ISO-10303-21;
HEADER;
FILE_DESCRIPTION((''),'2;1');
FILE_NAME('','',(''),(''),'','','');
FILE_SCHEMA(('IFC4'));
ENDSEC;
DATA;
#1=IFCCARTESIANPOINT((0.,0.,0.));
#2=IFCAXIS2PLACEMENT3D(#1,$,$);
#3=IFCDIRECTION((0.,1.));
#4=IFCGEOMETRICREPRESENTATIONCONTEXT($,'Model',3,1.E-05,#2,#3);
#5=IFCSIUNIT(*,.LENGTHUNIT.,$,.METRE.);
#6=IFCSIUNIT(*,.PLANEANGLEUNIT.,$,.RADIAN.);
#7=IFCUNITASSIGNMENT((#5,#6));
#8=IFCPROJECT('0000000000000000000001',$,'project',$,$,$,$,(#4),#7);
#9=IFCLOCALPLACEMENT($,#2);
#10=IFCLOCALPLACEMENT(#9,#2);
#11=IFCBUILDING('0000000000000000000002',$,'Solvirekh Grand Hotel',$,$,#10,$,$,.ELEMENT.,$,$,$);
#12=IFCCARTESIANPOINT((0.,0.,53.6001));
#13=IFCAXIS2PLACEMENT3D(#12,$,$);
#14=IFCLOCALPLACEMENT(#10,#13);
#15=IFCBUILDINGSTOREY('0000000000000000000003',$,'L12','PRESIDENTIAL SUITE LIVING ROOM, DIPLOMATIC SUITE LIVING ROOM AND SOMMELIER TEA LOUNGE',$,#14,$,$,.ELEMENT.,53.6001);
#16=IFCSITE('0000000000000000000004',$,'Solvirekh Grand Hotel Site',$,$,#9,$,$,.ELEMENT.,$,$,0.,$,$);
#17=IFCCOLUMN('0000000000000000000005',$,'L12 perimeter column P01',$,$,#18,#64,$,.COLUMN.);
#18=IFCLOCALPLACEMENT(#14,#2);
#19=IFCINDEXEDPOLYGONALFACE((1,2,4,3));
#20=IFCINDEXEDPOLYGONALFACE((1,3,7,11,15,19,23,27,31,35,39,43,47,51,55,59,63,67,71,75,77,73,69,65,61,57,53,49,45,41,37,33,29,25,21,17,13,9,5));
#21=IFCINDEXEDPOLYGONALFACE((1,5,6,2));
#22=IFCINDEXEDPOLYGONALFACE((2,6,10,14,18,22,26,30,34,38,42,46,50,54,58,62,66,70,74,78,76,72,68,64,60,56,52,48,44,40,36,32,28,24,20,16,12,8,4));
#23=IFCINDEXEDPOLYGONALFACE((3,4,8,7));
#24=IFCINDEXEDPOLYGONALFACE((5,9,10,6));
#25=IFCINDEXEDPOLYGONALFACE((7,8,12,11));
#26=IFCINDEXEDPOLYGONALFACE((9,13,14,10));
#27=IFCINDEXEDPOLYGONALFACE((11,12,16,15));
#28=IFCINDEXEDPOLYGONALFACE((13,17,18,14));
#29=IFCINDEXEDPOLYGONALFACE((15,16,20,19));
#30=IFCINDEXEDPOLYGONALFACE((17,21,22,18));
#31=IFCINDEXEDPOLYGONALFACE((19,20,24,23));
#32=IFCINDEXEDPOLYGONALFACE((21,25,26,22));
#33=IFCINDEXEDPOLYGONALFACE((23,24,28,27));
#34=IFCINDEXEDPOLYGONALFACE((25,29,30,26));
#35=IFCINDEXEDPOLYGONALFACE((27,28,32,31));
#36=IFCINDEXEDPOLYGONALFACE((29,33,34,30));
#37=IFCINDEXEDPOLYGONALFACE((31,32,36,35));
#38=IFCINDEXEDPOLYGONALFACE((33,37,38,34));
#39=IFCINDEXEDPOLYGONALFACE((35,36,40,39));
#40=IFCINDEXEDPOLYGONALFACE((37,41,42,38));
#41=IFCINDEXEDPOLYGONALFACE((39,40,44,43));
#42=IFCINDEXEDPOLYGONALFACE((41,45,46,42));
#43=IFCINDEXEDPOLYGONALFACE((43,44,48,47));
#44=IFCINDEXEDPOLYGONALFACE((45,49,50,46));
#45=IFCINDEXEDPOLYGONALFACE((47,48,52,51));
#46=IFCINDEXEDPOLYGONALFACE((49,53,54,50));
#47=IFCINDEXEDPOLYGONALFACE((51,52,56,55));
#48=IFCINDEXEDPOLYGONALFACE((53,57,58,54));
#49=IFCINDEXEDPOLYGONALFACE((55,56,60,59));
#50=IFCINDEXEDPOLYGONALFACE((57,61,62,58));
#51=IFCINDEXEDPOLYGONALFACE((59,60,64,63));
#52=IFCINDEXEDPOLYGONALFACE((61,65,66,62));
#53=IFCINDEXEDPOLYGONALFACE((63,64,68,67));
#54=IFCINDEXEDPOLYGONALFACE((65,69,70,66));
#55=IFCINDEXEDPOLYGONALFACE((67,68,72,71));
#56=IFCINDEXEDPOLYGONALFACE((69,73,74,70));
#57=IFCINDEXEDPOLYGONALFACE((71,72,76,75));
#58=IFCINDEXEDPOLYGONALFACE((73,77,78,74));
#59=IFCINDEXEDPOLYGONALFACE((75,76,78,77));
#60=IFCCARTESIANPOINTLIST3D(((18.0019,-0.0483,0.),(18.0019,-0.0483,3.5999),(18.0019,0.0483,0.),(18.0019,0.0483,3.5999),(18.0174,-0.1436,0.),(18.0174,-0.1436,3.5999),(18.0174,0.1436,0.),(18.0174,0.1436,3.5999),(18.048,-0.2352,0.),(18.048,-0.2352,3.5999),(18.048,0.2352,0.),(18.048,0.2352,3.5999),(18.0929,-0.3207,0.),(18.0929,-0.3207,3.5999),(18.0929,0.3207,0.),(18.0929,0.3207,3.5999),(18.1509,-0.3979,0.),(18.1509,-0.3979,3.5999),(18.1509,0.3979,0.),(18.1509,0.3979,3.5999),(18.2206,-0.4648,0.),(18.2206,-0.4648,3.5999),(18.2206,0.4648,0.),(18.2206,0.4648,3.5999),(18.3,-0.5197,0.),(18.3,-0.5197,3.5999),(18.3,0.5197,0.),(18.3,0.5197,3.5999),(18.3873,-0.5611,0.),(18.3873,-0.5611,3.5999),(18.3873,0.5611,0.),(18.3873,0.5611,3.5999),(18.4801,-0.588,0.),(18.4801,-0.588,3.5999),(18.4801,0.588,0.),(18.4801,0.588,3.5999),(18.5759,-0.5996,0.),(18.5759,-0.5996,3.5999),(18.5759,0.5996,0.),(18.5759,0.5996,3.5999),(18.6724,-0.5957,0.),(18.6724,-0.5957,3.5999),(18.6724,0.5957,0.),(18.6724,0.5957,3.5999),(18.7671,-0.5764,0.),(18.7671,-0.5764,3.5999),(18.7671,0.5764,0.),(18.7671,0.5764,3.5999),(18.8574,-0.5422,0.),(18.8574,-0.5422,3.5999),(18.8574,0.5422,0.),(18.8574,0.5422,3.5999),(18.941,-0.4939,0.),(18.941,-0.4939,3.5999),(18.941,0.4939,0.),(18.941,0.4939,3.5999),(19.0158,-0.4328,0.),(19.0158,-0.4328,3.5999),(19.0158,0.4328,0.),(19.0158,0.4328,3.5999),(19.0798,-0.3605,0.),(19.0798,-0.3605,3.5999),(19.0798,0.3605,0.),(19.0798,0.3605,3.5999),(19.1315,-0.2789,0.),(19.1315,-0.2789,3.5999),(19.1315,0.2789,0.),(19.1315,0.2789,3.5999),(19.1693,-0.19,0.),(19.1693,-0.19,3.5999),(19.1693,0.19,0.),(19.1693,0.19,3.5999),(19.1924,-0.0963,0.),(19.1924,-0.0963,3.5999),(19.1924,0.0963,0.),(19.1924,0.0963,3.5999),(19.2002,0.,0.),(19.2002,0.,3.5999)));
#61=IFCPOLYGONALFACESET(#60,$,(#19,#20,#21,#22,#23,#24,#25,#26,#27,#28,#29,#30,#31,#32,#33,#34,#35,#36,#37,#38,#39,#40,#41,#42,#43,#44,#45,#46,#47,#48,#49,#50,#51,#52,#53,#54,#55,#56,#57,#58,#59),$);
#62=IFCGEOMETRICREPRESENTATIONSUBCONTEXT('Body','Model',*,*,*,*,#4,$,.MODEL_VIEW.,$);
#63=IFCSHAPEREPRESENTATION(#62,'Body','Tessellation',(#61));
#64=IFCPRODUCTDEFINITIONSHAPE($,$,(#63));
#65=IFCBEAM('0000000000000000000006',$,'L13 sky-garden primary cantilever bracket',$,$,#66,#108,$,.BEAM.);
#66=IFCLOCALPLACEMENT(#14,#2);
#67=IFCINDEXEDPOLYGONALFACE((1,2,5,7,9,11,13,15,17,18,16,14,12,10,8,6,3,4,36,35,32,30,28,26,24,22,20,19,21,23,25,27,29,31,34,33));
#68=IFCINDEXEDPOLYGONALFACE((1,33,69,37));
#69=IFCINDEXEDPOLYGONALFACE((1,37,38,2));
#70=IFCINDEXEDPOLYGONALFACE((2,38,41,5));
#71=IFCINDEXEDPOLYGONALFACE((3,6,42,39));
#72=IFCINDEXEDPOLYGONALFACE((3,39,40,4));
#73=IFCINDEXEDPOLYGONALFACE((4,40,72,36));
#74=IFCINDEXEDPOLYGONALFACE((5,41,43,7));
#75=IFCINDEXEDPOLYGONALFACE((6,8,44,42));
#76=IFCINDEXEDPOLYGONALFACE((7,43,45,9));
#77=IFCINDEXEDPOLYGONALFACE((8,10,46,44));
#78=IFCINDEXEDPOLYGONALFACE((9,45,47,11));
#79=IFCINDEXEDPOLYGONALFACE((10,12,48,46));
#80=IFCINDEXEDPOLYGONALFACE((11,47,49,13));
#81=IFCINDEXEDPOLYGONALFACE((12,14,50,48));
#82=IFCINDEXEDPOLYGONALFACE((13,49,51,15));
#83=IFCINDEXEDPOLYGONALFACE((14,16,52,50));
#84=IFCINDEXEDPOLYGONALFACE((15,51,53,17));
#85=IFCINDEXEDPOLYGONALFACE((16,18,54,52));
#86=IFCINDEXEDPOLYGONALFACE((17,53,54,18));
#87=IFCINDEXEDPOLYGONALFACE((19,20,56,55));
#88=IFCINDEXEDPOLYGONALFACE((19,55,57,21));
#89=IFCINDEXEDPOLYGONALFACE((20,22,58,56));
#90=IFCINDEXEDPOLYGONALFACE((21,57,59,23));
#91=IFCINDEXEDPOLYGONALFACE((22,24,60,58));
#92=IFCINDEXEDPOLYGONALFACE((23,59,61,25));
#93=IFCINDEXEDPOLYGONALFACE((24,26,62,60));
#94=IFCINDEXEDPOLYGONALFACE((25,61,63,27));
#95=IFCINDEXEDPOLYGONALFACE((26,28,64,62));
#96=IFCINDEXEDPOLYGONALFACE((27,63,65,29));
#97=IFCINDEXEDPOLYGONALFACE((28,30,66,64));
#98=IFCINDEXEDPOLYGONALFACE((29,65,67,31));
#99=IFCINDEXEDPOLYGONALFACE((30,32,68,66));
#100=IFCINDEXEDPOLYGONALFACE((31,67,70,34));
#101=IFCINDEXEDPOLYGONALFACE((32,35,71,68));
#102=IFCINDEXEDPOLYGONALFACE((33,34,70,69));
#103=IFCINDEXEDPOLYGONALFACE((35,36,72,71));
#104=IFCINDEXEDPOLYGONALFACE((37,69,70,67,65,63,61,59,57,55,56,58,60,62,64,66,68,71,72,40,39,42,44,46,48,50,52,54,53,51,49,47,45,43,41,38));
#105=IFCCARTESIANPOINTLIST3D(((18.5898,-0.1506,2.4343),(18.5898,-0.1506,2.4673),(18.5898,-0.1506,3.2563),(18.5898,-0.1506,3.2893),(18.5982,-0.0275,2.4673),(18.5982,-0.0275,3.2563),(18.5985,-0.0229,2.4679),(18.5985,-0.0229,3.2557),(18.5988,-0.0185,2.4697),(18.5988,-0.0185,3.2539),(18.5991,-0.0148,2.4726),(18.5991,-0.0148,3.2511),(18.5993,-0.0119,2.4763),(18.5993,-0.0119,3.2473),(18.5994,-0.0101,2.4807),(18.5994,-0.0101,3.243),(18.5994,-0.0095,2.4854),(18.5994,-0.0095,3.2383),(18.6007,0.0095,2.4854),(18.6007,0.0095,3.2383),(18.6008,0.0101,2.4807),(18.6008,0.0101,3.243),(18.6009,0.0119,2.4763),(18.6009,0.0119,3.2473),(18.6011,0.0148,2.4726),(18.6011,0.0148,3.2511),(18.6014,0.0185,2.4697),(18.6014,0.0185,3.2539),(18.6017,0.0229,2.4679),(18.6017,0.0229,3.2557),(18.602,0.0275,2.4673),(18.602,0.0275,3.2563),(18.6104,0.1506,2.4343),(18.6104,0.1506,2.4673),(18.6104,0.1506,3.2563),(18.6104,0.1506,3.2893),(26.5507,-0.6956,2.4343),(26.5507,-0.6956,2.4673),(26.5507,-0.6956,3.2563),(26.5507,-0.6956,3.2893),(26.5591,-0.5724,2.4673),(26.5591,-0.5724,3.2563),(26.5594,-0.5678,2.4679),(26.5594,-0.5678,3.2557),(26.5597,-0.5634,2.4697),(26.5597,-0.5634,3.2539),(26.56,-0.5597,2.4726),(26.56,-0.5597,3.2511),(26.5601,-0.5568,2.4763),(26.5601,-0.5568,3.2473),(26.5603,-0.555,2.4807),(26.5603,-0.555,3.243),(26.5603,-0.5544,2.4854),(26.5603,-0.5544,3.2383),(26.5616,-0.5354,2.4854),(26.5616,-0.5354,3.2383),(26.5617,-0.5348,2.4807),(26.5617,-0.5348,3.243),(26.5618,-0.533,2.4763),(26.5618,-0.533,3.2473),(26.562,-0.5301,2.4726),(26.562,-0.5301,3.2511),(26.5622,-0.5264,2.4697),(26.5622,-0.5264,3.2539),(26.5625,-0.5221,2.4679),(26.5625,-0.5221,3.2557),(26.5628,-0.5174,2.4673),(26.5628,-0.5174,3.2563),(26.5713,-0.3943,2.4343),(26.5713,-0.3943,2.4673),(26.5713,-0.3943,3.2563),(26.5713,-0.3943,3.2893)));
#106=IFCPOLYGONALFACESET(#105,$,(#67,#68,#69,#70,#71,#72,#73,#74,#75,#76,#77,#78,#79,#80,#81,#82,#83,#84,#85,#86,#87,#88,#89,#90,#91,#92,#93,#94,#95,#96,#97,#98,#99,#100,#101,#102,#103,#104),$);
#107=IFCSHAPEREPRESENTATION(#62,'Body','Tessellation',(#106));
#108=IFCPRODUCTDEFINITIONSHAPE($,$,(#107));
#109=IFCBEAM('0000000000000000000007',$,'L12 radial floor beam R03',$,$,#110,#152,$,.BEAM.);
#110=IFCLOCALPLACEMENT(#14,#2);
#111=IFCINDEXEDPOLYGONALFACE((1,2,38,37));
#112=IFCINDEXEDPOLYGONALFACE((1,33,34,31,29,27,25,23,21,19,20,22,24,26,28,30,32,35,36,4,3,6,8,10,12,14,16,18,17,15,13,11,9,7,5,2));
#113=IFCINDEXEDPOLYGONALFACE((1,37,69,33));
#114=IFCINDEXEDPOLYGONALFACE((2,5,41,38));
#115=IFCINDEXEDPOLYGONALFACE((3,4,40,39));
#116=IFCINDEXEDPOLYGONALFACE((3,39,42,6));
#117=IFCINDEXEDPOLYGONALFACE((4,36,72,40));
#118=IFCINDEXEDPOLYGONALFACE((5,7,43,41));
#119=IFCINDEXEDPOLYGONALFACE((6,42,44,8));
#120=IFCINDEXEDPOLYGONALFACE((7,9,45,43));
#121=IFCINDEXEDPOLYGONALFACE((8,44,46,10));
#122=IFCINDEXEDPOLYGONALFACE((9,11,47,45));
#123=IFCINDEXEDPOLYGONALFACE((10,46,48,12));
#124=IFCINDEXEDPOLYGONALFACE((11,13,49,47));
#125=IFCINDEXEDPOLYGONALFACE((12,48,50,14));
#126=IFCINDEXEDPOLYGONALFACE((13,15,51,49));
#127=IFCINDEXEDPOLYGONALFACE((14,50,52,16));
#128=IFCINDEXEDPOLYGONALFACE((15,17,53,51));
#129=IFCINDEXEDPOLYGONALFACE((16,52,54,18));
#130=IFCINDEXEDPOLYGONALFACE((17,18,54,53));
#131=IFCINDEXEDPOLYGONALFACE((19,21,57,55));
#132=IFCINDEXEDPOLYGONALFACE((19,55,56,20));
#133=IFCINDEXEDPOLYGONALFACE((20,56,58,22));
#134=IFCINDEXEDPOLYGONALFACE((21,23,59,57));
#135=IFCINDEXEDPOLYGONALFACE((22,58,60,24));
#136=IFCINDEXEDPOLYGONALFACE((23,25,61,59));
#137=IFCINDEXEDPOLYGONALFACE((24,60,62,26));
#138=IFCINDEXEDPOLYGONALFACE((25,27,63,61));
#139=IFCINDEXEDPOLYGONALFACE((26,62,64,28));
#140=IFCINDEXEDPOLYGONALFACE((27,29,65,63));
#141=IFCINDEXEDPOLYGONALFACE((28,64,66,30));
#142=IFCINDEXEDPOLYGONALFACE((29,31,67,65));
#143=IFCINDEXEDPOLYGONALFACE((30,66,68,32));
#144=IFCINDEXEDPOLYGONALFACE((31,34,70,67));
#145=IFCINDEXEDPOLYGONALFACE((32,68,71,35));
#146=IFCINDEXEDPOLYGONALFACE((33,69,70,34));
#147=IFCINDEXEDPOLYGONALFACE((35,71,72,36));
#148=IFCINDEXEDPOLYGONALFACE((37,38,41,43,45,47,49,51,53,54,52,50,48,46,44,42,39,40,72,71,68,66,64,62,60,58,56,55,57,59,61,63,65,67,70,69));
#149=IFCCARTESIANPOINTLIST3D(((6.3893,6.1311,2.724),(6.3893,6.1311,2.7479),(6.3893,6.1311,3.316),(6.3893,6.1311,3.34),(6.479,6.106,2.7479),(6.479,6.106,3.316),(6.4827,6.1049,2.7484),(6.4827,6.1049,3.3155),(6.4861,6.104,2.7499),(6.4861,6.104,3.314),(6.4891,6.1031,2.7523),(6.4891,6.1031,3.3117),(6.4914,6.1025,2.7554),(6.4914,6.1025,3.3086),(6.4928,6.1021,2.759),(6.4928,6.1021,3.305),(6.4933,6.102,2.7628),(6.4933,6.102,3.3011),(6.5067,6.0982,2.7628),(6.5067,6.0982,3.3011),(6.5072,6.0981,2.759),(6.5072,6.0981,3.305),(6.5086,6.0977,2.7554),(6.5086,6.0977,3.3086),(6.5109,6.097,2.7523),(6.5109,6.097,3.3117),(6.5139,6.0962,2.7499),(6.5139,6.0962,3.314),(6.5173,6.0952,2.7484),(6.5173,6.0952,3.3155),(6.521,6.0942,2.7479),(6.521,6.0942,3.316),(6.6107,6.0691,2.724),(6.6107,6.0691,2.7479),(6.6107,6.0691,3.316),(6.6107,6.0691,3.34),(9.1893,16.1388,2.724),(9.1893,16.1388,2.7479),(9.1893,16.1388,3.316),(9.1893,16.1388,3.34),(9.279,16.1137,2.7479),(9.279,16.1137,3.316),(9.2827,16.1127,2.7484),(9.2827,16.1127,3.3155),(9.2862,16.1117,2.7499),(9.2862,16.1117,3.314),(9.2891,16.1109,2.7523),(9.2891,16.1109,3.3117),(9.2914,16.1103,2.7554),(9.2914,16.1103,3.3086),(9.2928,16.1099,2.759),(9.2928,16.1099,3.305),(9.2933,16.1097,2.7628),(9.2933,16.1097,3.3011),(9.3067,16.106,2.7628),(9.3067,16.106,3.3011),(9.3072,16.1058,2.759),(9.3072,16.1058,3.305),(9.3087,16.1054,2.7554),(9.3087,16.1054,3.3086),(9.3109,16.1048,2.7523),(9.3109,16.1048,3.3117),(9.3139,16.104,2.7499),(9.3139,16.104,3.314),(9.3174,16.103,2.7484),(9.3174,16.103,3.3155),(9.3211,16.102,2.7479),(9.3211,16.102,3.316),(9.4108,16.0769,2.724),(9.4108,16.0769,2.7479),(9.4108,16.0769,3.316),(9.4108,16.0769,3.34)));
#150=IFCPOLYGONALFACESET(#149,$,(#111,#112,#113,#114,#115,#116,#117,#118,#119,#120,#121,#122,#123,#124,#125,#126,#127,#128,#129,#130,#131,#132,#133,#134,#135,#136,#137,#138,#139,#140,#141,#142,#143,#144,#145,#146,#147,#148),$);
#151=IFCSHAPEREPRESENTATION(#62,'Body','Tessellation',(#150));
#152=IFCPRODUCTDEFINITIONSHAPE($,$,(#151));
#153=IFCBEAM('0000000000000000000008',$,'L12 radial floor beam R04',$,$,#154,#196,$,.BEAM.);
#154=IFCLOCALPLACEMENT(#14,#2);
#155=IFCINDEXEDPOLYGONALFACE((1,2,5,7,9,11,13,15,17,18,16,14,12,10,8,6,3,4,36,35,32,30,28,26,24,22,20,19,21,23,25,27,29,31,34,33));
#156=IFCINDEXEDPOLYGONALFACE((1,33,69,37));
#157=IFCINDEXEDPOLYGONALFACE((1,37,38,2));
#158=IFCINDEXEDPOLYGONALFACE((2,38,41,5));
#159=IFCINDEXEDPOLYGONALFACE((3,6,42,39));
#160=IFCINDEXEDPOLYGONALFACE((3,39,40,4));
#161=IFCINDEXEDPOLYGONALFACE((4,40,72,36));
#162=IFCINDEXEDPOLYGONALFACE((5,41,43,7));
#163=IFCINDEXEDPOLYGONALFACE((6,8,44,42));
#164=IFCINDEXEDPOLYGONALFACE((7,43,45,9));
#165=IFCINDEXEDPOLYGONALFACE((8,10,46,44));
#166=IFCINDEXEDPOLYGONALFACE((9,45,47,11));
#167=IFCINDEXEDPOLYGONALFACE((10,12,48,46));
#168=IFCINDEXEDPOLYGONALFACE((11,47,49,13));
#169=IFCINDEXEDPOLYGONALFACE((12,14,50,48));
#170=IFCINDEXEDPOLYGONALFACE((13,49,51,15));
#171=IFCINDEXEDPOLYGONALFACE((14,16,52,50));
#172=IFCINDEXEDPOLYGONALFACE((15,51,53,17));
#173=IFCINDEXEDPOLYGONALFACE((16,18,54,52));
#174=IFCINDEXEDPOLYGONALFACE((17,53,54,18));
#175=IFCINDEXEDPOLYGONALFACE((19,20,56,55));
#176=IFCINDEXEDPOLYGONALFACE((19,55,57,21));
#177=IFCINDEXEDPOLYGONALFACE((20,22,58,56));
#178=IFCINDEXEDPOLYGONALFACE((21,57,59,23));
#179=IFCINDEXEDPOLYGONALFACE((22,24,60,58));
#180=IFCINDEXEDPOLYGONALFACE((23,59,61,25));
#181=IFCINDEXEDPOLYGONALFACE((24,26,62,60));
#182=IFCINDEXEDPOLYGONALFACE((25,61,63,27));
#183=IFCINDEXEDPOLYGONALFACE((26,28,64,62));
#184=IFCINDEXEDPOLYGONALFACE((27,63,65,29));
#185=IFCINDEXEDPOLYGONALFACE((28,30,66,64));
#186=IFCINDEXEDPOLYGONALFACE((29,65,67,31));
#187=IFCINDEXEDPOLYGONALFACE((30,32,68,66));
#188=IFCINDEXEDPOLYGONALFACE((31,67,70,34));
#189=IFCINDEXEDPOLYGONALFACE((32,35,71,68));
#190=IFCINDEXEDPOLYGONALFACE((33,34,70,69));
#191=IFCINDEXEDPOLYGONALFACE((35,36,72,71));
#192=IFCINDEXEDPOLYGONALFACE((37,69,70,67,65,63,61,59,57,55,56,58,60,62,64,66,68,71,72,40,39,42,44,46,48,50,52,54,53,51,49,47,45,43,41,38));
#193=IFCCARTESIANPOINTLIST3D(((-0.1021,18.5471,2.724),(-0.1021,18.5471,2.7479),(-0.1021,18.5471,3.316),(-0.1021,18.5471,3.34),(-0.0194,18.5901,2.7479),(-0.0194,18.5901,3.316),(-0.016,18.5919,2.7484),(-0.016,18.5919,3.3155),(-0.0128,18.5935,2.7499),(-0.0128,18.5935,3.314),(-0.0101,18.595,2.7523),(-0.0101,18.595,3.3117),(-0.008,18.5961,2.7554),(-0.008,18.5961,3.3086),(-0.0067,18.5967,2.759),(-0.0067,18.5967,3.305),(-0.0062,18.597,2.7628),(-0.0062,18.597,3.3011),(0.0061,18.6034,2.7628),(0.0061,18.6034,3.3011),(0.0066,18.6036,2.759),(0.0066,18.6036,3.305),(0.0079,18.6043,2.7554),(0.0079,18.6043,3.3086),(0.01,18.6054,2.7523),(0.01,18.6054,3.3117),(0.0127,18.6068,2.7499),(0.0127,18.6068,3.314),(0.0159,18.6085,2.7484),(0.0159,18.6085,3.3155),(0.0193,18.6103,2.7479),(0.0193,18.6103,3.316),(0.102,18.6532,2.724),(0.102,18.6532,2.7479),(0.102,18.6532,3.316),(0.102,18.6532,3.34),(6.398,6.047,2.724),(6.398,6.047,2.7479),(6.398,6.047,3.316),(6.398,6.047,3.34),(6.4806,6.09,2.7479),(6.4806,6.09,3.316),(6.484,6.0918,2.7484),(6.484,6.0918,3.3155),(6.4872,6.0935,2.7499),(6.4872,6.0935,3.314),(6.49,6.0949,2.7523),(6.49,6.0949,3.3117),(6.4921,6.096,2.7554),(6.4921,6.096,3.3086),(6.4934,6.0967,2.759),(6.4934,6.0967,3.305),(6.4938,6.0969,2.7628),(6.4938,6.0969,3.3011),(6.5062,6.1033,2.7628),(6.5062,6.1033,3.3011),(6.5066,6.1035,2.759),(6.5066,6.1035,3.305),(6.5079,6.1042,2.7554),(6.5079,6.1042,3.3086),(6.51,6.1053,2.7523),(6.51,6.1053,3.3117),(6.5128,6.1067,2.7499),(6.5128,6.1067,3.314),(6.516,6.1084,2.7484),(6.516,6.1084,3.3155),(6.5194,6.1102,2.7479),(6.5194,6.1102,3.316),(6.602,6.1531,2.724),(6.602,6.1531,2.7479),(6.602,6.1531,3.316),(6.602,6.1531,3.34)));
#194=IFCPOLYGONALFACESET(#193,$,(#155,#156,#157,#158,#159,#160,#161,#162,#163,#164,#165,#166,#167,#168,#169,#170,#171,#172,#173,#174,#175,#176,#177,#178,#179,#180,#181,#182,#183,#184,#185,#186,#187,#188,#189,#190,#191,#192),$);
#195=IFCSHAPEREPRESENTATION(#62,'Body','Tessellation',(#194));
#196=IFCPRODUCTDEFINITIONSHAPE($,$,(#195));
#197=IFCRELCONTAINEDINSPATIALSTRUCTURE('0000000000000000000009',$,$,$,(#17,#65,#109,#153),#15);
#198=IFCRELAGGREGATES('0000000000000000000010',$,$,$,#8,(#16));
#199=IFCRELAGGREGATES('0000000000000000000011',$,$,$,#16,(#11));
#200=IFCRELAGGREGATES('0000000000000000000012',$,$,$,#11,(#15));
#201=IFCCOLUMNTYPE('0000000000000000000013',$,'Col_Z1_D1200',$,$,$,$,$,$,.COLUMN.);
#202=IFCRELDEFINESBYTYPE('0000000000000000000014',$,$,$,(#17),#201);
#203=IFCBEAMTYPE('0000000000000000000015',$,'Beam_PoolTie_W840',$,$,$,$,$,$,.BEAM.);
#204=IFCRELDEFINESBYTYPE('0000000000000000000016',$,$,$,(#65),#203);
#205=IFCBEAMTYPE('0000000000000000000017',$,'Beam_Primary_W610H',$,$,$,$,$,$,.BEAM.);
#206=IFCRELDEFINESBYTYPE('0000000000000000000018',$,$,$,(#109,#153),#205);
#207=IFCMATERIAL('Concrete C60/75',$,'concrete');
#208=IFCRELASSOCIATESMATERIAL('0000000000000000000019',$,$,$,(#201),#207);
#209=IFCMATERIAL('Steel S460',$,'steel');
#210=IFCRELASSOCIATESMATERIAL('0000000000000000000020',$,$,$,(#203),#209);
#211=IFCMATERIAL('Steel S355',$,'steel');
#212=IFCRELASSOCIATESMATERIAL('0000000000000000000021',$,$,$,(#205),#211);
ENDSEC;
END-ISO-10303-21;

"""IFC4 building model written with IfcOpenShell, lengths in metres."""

from ifc_helpers import new_model, si_unit, direction, frame, origin, origin_2d, place, context, subcontext, project, spatial, circle, i_section, extrude, material, material_profile, profile_set, type_object, element, save


model = new_model("IFC4")

# Units and contexts
model_context = context("Model", 3, precision=1e-05, world=origin(), true_north=direction((0.0, 1.0)))
body_context = subcontext(model_context, "Body", "Model", "MODEL_VIEW")
ifc_project = project(units=[si_unit("LENGTHUNIT", "METRE"), si_unit("PLANEANGLEUNIT", "RADIAN")], contexts=[model_context])

# Site, building, storey
site_placement = place(None, origin())
site = spatial("IfcSite", under=ifc_project, at=site_placement, Name="Solvirekh Grand Hotel Site", CompositionType="ELEMENT", RefElevation=0.0)
building_placement = place(site_placement, origin())
building = spatial("IfcBuilding", under=site, at=building_placement, Name="Solvirekh Grand Hotel", CompositionType="ELEMENT")
storey_placement = place(building_placement, frame((0.0, 0.0, 53.6001)))
storey = spatial("IfcBuildingStorey", under=building, at=storey_placement, Name="L12", Description="PRESIDENTIAL SUITE LIVING ROOM, DIPLOMATIC SUITE LIVING ROOM AND SOMMELIER TEA LOUNGE", CompositionType="ELEMENT", Elevation=53.6001)

# Column
ifc_material_1 = material(Name="Concrete C60/75", Category="concrete")
ifc_material_profile_1 = material_profile(ifc_material_1, circle(Radius=0.6001, at=origin_2d()), Name="RC CIRC D1200")
ifc_profile_set_1 = profile_set([ifc_material_profile_1], Name="Concrete C60/75")
column_type = type_object("IfcColumnType", Name="Col_Z1_D1200", PredefinedType="COLUMN", material=ifc_profile_set_1)
column_placement = place(storey_placement, frame((18.6001, 0.0, 0.0), z_axis=(0.0, 0.0, 1.0), x_axis=(1.0, 0.0, 0.0)))
element("IfcColumn", 1, at=column_placement, inside=storey, type_object=column_type, Name="L12 perimeter column P01", PredefinedType="COLUMN", context=body_context, shape_type="SweptSolid", body=[
    extrude(circle(Radius=0.6001, at=origin_2d()), origin(), (0.0, 0.0, 1.0), 3.5999),
])

# Beams
ifc_material_2 = material(Name="Steel S460", Category="steel")
ifc_material_profile_2 = material_profile(ifc_material_2, i_section(OverallWidth=0.302, OverallDepth=0.855, WebThickness=0.019, FlangeThickness=0.033, FilletRadius=0.0181, at=origin_2d()), Name="W840X299")
ifc_profile_set_2 = profile_set([ifc_material_profile_2], Name="Steel S460")
beam_type_1 = type_object("IfcBeamType", Name="Beam_PoolTie_W840", PredefinedType="BEAM", material=ifc_profile_set_2)
beam_1_placement = place(storey_placement, frame((18.6001, 0.0, 2.8618), z_axis=(0.997666, -0.06829, 0.0), x_axis=(0.06829, 0.997666, 0.0)))
element("IfcBeam", 2, at=beam_1_placement, inside=storey, type_object=beam_type_1, Name="L13 sky-garden primary cantilever bracket", PredefinedType="BEAM", context=body_context, shape_type="SweptSolid", body=[
    extrude(i_section(OverallWidth=0.302, OverallDepth=0.855, WebThickness=0.019, FlangeThickness=0.033, FilletRadius=0.0181, at=origin_2d()), origin(), (0.0, 0.0, 1.0), 7.9795),
])
ifc_material_3 = material(Name="Steel S355", Category="steel")
ifc_material_profile_3 = material_profile(ifc_material_3, i_section(OverallWidth=0.23, OverallDepth=0.616, WebThickness=0.0139, FlangeThickness=0.0239, FilletRadius=0.0149, at=origin_2d()), Name="W610X174")
ifc_profile_set_3 = profile_set([ifc_material_profile_3], Name="Steel S355")
beam_type_2 = type_object("IfcBeamType", Name="Beam_Primary_W610H", PredefinedType="BEAM", material=ifc_profile_set_3)
beam_2_placement = place(storey_placement, frame((6.5, 6.1001, 3.032), z_axis=(0.269439, 0.963017, 0.0), x_axis=(-0.963017, 0.269439, 0.0)))
element("IfcBeam", 3, at=beam_2_placement, inside=storey, type_object=beam_type_2, Name="L12 radial floor beam R03", PredefinedType="BEAM", context=body_context, shape_type="SweptSolid", body=[
    extrude(i_section(OverallWidth=0.23, OverallDepth=0.616, WebThickness=0.0139, FlangeThickness=0.0239, FilletRadius=0.0149, at=origin_2d()), origin(), (0.0, 0.0, 1.0), 10.3921),
])
beam_3_placement = place(storey_placement, frame((6.5, 6.1001, 3.032), z_axis=(-0.461353, 0.887217, 0.0), x_axis=(-0.887217, -0.461353, 0.0)))
element("IfcBeam", 4, at=beam_3_placement, inside=storey, type_object=beam_type_2, Name="L12 radial floor beam R04", PredefinedType="BEAM", context=body_context, shape_type="SweptSolid", body=[
    extrude(i_section(OverallWidth=0.23, OverallDepth=0.616, WebThickness=0.0139, FlangeThickness=0.0239, FilletRadius=0.0149, at=origin_2d()), origin(), (0.0, 0.0, 1.0), 14.0891),
])

save(model, "model.ifc")
